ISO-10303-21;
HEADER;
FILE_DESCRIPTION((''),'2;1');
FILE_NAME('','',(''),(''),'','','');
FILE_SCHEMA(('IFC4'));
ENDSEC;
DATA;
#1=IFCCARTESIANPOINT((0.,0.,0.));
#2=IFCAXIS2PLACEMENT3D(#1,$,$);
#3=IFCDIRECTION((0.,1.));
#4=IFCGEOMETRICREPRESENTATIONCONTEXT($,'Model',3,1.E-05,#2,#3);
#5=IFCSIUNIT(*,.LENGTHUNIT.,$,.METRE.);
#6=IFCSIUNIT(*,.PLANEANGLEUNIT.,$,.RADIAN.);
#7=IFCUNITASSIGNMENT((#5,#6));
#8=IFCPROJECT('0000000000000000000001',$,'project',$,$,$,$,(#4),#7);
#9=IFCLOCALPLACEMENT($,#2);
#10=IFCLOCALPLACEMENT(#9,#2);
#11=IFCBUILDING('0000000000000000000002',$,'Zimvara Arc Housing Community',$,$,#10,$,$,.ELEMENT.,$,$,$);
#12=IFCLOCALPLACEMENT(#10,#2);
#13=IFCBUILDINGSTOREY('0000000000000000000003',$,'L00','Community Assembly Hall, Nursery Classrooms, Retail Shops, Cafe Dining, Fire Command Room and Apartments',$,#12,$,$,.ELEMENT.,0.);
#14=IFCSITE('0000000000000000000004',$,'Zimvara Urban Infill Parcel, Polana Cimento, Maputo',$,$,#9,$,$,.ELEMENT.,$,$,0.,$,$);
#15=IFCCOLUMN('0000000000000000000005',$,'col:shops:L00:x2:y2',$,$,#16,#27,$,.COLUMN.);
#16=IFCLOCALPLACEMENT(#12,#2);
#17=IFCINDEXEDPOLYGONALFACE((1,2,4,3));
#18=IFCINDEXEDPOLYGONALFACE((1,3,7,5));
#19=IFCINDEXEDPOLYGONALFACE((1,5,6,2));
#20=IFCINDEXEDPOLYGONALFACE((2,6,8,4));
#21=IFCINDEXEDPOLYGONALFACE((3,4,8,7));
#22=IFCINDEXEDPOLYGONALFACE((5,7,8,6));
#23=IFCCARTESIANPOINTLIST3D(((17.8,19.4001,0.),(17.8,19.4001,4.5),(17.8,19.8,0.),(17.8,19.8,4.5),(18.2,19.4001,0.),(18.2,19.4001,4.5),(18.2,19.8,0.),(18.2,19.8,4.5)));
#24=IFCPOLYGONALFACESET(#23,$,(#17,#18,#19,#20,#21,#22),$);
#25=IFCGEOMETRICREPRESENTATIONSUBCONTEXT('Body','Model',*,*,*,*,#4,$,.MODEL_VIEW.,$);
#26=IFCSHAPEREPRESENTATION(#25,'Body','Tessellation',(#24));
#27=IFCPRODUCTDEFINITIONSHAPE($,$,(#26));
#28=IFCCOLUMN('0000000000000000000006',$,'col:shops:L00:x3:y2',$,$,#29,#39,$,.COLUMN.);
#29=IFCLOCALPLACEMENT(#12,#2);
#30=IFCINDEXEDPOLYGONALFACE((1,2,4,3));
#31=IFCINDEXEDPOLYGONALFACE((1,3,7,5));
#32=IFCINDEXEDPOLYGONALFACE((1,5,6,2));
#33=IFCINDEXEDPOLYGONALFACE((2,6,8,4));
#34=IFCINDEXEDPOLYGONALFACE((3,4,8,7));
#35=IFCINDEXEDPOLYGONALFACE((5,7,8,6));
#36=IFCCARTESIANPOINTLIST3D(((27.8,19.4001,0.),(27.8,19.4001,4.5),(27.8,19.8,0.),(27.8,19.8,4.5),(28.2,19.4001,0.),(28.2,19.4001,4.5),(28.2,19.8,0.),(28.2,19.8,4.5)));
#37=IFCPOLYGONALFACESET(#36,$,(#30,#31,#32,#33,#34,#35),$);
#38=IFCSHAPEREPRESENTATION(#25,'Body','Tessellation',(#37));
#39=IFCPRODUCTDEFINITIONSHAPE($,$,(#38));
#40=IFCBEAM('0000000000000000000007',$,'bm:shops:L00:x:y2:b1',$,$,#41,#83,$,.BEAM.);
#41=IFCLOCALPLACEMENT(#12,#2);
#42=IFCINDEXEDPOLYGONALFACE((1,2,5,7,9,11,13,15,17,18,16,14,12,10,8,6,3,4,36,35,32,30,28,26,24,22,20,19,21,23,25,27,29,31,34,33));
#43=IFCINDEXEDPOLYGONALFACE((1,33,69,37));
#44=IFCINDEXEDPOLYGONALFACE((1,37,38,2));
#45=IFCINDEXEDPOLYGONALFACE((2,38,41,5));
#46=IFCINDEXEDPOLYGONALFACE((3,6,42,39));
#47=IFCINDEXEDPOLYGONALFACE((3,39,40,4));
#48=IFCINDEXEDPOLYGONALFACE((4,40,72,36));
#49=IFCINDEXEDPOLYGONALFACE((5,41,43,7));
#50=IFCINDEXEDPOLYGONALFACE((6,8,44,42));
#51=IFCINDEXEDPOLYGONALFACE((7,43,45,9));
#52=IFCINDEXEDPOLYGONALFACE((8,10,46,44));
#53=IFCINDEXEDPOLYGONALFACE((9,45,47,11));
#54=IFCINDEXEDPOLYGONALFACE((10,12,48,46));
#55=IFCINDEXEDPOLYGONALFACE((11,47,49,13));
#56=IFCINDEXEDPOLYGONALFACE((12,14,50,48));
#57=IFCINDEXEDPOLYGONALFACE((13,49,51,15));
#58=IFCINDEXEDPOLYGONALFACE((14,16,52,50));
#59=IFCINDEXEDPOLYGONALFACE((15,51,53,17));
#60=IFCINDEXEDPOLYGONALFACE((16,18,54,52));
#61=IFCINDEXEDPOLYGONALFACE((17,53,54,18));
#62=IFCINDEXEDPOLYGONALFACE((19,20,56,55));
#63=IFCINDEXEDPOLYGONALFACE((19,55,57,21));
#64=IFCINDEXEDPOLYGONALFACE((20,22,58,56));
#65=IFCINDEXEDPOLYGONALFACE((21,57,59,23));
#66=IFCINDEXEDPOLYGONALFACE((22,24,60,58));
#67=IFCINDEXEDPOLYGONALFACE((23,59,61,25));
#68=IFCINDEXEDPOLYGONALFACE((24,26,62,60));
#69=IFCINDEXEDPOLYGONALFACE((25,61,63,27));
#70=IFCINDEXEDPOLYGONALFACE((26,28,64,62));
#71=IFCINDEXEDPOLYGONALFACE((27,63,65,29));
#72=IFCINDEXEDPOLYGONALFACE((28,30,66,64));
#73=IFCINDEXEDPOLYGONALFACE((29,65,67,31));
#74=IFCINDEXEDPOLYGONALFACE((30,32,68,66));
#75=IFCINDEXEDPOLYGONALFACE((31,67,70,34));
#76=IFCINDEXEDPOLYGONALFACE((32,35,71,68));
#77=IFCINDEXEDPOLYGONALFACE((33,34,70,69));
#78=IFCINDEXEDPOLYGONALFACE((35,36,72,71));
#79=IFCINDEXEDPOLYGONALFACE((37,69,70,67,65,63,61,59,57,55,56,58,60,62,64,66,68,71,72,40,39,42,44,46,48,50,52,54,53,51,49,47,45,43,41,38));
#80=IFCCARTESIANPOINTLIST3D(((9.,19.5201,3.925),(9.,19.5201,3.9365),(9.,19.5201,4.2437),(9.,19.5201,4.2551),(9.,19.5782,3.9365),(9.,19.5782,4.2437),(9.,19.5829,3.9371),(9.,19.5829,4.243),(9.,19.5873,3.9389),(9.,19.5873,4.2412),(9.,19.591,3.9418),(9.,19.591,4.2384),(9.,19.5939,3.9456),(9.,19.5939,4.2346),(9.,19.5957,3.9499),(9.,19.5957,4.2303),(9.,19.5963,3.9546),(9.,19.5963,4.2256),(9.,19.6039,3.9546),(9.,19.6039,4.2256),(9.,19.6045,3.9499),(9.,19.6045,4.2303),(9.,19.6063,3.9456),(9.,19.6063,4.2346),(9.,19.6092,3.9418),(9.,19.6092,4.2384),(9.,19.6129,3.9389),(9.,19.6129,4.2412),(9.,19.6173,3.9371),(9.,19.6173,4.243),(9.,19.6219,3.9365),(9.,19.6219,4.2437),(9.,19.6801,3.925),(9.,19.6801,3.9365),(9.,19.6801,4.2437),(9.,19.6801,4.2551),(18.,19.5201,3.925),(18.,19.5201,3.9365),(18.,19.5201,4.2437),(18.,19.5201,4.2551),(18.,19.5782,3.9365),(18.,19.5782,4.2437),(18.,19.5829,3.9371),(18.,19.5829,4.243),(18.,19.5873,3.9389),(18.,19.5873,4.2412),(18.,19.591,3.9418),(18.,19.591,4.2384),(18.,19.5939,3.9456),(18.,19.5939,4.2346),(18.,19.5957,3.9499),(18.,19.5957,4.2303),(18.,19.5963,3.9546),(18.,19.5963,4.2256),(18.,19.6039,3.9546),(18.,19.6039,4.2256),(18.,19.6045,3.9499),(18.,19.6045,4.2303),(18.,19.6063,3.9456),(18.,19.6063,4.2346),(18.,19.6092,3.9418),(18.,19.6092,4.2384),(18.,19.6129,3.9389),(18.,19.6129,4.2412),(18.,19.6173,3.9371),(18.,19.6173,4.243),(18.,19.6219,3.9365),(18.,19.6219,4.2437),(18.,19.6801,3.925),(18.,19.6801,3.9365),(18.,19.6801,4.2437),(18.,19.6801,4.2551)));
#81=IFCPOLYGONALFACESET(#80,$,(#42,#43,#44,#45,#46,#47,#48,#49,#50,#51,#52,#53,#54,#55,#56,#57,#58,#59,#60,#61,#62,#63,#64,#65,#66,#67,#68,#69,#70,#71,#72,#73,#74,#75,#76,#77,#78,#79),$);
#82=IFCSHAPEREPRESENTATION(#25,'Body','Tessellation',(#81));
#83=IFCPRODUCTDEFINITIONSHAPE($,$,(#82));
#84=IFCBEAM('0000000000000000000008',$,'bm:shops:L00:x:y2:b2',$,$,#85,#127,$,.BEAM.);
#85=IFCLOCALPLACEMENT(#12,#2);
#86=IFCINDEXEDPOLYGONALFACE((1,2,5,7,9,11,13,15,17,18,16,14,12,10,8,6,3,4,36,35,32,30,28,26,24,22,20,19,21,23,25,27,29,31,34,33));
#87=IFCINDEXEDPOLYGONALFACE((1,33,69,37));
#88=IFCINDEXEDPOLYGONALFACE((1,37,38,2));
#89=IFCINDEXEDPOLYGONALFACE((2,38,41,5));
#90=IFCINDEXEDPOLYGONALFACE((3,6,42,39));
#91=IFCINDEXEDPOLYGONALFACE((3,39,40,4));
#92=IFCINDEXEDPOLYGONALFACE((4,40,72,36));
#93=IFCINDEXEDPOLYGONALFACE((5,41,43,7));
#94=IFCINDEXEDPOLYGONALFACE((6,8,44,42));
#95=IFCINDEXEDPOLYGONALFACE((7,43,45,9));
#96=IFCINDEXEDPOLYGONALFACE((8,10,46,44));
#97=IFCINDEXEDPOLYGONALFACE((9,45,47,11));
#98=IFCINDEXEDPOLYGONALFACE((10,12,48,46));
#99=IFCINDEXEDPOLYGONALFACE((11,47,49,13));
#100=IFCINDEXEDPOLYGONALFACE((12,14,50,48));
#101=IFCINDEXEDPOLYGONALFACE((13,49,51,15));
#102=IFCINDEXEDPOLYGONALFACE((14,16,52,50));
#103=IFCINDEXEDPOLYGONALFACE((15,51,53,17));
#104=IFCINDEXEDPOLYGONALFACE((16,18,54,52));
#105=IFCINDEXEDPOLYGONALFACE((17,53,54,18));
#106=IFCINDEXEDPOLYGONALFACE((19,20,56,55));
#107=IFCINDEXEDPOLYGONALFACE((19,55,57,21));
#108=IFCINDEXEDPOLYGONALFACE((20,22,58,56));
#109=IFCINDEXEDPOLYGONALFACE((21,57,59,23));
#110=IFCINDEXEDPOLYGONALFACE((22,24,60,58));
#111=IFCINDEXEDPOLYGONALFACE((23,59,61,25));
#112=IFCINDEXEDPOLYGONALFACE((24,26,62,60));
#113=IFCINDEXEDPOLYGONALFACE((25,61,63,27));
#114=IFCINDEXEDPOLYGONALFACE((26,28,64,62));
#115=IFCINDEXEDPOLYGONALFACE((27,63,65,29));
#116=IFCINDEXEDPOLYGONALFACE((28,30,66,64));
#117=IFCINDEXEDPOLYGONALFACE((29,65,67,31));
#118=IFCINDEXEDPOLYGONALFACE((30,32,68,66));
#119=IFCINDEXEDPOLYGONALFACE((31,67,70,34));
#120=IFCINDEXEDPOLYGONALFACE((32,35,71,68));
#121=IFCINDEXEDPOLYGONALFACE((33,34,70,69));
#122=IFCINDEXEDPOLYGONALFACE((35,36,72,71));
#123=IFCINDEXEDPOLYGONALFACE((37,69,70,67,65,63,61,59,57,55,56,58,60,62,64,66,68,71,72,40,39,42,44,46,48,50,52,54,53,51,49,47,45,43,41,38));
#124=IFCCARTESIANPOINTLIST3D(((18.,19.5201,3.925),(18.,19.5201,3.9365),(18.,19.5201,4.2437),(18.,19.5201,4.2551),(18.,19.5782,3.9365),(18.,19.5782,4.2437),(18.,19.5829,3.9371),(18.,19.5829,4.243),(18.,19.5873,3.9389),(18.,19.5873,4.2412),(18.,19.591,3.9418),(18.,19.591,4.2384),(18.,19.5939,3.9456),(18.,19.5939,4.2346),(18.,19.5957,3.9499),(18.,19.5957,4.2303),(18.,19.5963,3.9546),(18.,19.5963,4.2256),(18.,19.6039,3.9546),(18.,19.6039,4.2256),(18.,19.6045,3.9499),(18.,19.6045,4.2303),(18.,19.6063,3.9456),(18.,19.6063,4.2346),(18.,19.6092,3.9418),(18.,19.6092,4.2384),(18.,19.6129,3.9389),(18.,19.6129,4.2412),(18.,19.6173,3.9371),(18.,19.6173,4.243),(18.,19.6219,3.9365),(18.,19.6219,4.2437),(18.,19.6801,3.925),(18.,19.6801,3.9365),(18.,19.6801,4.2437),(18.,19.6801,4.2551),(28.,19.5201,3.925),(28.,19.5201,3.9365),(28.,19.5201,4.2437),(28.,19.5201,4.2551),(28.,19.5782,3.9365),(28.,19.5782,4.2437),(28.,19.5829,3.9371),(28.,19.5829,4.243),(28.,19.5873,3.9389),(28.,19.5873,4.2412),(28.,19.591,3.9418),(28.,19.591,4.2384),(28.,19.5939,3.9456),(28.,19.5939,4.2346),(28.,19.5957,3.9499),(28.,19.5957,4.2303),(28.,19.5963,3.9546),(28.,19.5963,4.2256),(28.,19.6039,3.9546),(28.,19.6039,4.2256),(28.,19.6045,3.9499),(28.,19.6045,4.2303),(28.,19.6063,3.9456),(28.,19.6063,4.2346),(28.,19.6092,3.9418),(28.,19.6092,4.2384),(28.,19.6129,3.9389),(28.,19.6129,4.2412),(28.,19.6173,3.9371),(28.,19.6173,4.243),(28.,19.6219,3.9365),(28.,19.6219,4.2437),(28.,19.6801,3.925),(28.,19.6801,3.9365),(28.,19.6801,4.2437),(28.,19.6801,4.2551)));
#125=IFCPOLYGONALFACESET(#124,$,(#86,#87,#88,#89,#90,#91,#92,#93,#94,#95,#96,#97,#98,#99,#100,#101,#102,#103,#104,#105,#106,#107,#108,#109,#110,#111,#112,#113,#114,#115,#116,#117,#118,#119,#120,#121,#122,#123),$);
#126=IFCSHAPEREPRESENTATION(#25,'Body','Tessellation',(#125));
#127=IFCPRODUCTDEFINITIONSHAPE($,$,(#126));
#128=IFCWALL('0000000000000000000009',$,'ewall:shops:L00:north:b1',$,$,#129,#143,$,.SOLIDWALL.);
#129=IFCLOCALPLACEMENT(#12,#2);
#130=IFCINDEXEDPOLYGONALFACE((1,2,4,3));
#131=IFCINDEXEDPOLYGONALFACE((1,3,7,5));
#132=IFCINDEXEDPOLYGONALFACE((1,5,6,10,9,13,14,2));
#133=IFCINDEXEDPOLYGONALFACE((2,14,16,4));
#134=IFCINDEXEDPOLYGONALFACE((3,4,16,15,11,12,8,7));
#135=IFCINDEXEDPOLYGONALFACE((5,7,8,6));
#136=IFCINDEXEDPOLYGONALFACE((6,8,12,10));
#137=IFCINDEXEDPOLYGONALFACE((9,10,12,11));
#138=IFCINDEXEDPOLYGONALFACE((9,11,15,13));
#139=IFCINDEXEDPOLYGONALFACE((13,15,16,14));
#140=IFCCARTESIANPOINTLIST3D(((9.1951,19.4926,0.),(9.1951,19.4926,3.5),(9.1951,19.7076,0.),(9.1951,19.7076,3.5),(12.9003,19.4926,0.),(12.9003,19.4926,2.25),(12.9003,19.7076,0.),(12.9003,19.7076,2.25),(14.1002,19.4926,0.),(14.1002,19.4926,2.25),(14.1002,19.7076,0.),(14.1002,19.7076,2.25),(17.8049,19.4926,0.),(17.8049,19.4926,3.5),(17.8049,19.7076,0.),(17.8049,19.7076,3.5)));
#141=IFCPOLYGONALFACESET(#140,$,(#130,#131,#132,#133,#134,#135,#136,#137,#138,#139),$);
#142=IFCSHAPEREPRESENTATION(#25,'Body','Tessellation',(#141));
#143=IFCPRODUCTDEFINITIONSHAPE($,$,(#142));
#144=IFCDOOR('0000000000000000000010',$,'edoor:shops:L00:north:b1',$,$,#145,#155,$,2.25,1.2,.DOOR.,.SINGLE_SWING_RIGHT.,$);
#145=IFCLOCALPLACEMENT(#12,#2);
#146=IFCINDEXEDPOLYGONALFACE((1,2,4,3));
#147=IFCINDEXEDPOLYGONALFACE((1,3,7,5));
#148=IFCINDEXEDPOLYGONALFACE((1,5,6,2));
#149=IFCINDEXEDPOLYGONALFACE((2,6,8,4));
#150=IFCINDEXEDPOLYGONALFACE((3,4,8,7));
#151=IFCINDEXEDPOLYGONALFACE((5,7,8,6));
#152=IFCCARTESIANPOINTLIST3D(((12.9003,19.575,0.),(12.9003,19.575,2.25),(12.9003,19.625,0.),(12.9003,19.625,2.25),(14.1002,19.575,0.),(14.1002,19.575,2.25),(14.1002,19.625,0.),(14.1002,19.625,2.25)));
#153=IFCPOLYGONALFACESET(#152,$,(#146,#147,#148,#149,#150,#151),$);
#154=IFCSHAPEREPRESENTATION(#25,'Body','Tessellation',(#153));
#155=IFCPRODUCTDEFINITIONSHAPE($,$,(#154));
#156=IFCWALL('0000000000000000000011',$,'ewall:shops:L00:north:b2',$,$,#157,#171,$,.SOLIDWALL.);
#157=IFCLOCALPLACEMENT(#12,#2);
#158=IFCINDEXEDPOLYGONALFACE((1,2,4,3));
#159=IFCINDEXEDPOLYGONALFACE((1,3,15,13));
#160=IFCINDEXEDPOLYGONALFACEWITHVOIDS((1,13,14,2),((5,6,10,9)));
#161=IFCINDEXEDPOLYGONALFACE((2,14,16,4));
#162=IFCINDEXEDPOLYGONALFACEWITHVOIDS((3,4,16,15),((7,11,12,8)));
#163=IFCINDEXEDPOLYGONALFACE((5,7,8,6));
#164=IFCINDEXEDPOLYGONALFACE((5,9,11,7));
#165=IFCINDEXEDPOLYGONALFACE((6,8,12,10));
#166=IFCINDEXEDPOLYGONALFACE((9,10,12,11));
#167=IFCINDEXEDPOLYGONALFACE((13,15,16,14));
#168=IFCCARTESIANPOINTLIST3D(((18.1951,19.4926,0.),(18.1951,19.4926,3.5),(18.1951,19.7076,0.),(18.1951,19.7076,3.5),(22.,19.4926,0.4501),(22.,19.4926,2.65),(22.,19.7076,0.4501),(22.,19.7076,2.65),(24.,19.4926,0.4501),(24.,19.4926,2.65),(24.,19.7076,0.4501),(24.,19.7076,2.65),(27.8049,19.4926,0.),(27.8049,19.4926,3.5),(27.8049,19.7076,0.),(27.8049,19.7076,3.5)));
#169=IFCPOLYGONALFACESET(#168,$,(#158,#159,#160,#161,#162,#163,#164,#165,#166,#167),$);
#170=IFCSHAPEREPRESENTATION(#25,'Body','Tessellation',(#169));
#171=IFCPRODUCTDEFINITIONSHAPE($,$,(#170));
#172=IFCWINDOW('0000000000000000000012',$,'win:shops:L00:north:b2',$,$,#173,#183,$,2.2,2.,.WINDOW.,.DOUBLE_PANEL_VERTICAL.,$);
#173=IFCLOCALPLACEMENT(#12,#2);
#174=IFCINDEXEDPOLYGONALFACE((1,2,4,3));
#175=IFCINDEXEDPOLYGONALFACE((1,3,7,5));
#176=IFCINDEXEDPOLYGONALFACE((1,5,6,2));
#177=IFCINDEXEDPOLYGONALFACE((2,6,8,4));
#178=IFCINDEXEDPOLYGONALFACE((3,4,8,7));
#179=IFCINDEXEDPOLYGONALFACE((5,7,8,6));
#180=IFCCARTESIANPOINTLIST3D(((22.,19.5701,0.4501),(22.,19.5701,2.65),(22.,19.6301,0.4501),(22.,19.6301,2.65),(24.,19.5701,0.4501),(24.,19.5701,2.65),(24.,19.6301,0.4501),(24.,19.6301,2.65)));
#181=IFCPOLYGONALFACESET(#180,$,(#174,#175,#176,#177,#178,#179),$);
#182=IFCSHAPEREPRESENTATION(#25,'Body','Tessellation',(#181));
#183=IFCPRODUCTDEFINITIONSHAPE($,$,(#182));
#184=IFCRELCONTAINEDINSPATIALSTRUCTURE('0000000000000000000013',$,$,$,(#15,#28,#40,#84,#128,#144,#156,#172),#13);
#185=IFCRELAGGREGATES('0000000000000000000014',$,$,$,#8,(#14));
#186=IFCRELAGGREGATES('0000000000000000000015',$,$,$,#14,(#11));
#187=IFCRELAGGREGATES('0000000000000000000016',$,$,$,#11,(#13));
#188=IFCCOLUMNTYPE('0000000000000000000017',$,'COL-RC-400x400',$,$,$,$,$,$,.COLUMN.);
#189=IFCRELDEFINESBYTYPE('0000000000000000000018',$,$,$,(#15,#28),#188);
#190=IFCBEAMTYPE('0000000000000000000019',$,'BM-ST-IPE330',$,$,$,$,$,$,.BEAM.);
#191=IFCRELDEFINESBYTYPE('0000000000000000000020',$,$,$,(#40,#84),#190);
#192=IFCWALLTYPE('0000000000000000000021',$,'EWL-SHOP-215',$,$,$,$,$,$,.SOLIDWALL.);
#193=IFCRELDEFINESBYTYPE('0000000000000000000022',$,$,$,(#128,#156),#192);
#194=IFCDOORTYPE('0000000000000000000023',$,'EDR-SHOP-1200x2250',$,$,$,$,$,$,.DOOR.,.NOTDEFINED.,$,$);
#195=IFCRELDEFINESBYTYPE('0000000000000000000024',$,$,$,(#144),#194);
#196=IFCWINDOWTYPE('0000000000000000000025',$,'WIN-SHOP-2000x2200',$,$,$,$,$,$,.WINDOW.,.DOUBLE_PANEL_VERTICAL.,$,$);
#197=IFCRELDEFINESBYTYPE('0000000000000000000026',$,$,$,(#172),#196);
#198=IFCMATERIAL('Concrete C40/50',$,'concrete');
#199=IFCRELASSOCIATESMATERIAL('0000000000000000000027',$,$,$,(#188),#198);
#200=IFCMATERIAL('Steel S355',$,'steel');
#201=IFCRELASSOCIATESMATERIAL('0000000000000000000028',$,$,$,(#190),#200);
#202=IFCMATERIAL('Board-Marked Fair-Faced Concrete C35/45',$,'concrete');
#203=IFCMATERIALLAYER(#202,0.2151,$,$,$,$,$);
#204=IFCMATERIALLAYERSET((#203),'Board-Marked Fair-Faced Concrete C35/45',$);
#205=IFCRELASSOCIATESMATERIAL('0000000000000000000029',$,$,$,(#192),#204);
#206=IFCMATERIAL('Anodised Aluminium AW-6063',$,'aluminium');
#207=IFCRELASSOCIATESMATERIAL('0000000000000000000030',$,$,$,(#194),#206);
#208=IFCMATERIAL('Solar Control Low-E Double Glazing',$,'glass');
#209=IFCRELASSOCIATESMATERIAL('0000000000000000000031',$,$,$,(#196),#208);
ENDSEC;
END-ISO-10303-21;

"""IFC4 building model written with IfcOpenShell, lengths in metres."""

from ifc_helpers import new_model, si_unit, direction, frame, frame_2d, origin, origin_2d, place, context, subcontext, project, spatial, rectangle, i_section, extrude, material, layer, layer_set, material_profile, profile_set, type_object, element, fill, save


model = new_model("IFC4")

# Units and contexts
model_context = context("Model", 3, precision=1e-05, world=origin(), true_north=direction((0.0, 1.0)))
body_context = subcontext(model_context, "Body", "Model", "MODEL_VIEW")
ifc_project = project(units=[si_unit("LENGTHUNIT", "METRE"), si_unit("PLANEANGLEUNIT", "RADIAN")], contexts=[model_context])

# Site, building, storey
site_placement = place(None, origin())
site = spatial("IfcSite", under=ifc_project, at=site_placement, Name="Zimvara Urban Infill Parcel, Polana Cimento, Maputo", CompositionType="ELEMENT", RefElevation=0.0)
building_placement = place(site_placement, origin())
building = spatial("IfcBuilding", under=site, at=building_placement, Name="Zimvara Arc Housing Community", CompositionType="ELEMENT")
storey_placement = place(building_placement, origin())
storey = spatial("IfcBuildingStorey", under=building, at=storey_placement, Name="L00", Description="Community Assembly Hall, Nursery Classrooms, Retail Shops, Cafe Dining, Fire Command Room and Apartments", CompositionType="ELEMENT", Elevation=0.0)

# Columns
ifc_material_1 = material(Name="Concrete C40/50", Category="concrete")
ifc_material_profile_1 = material_profile(ifc_material_1, rectangle(XDim=0.3999, YDim=0.3999, at=origin_2d()), Name="RC 400x400")
ifc_profile_set_1 = profile_set([ifc_material_profile_1], Name="Concrete C40/50")
column_type = type_object("IfcColumnType", Name="COL-RC-400x400", PredefinedType="COLUMN", material=ifc_profile_set_1)
for number, where, z_axis, x_axis, name in (
    (1, (18.0, 19.6001, 0.0), (0.0, 0.0, 1.0), (1.0, 0.0, 0.0), "col:shops:L00:x2:y2"),
    (2, (28.0, 19.6001, 0.0), (0.0, 0.0, 1.0), (1.0, 0.0, 0.0), "col:shops:L00:x3:y2"),
):
    element("IfcColumn", number, at=place(storey_placement, frame(where, z_axis=z_axis, x_axis=x_axis)), inside=storey, type_object=column_type, Name=name, PredefinedType="COLUMN", context=body_context, shape_type="SweptSolid", body=[
        extrude(rectangle(XDim=0.3999, YDim=0.3999, at=origin_2d()), origin(), (0.0, 0.0, 1.0), 4.5),
    ])

# Beams
ifc_material_2 = material(Name="Steel S355", Category="steel")
ifc_material_profile_2 = material_profile(ifc_material_2, i_section(OverallWidth=0.1599, OverallDepth=0.3301, WebThickness=0.0076, FlangeThickness=0.0115, FilletRadius=0.0181, at=origin_2d()), Name="IPE 330")
ifc_profile_set_2 = profile_set([ifc_material_profile_2], Name="Steel S355")
beam_type = type_object("IfcBeamType", Name="BM-ST-IPE330", PredefinedType="BEAM", material=ifc_profile_set_2)
beam_1_placement = place(storey_placement, frame((9.0, 19.6001, 4.0901), z_axis=(1.0, 0.0, 0.0), x_axis=(0.0, 1.0, 0.0)))
element("IfcBeam", 3, at=beam_1_placement, inside=storey, type_object=beam_type, Name="bm:shops:L00:x:y2:b1", PredefinedType="BEAM", context=body_context, shape_type="SweptSolid", body=[
    extrude(i_section(OverallWidth=0.1599, OverallDepth=0.3301, WebThickness=0.0076, FlangeThickness=0.0115, FilletRadius=0.0181, at=origin_2d()), origin(), (0.0, 0.0, 1.0), 9.0),
])
beam_2_placement = place(storey_placement, frame((18.0, 19.6001, 4.0901), z_axis=(1.0, 0.0, 0.0), x_axis=(0.0, 1.0, 0.0)))
element("IfcBeam", 4, at=beam_2_placement, inside=storey, type_object=beam_type, Name="bm:shops:L00:x:y2:b2", PredefinedType="BEAM", context=body_context, shape_type="SweptSolid", body=[
    extrude(i_section(OverallWidth=0.1599, OverallDepth=0.3301, WebThickness=0.0076, FlangeThickness=0.0115, FilletRadius=0.0181, at=origin_2d()), origin(), (0.0, 0.0, 1.0), 10.0),
])

# Wall, opening, door
ifc_material_3 = material(Name="Board-Marked Fair-Faced Concrete C35/45", Category="concrete")
ifc_layer = layer(ifc_material_3, 0.2151)
ifc_layer_set = layer_set([ifc_layer], Name="Board-Marked Fair-Faced Concrete C35/45")
wall_type = type_object("IfcWallType", Name="EWL-SHOP-215", PredefinedType="SOLIDWALL", material=ifc_layer_set)
wall_1_placement = place(storey_placement, frame((9.1951, 19.6001, 0.0), z_axis=(0.0, 0.0, 1.0), x_axis=(1.0, 0.0, 0.0)))
wall_1 = element("IfcWall", 5, at=wall_1_placement, inside=storey, type_object=wall_type, Name="ewall:shops:L00:north:b1", PredefinedType="SOLIDWALL", context=body_context, shape_type="SweptSolid", body=[
    extrude(rectangle(XDim=8.6099, YDim=0.2151, at=frame_2d((4.3049, 0.0))), origin(), (0.0, 0.0, 1.0), 3.5),
])
opening_1_placement = place(wall_1_placement, frame((3.7051, 0.0, 0.0)))
opening_1 = element("IfcOpeningElement", 6, at=opening_1_placement, cuts=wall_1, PredefinedType="OPENING", context=body_context, shape_type="SweptSolid", body=[
    extrude(rectangle(XDim=1.2, YDim=2.25, at=frame_2d((0.6001, 1.125))), frame((0.0, 0.1174, 0.0), z_axis=(0.0, -1.0, 0.0), x_axis=(1.0, 0.0, 0.0)), (0.0, 0.0, 1.0), 0.2351),
])
ifc_material_4 = material(Name="Anodised Aluminium AW-6063", Category="aluminium")
door_type = type_object("IfcDoorType", Name="EDR-SHOP-1200x2250", OperationType="NOTDEFINED", PredefinedType="DOOR", material=ifc_material_4)
door_placement = place(opening_1_placement, origin())
door = element("IfcDoor", 7, at=door_placement, inside=storey, type_object=door_type, Name="edoor:shops:L00:north:b1", OperationType="SINGLE_SWING_RIGHT", OverallHeight=2.25, OverallWidth=1.2, PredefinedType="DOOR", context=body_context, shape_type="SweptSolid", body=[
    extrude(rectangle(XDim=1.2, YDim=2.25, at=frame_2d((0.6001, 1.125))), frame((0.0, 0.0249, 0.0), z_axis=(0.0, -1.0, 0.0), x_axis=(1.0, 0.0, 0.0)), (0.0, 0.0, 1.0), 0.05),
])
fill(opening_1, door)

# Wall, opening, window
wall_2_placement = place(storey_placement, frame((18.1951, 19.6001, 0.0), z_axis=(0.0, 0.0, 1.0), x_axis=(1.0, 0.0, 0.0)))
wall_2 = element("IfcWall", 8, at=wall_2_placement, inside=storey, type_object=wall_type, Name="ewall:shops:L00:north:b2", PredefinedType="SOLIDWALL", context=body_context, shape_type="SweptSolid", body=[
    extrude(rectangle(XDim=9.6099, YDim=0.2151, at=frame_2d((4.8049, 0.0))), origin(), (0.0, 0.0, 1.0), 3.5),
])
opening_2_placement = place(wall_2_placement, frame((3.8049, 0.0, 0.45)))
opening_2 = element("IfcOpeningElement", 9, at=opening_2_placement, cuts=wall_2, PredefinedType="OPENING", context=body_context, shape_type="SweptSolid", body=[
    extrude(rectangle(XDim=2.0, YDim=2.2, at=frame_2d((1.0, 1.1001))), frame((0.0, 0.1174, 0.0), z_axis=(0.0, -1.0, 0.0), x_axis=(1.0, 0.0, 0.0)), (0.0, 0.0, 1.0), 0.2351),
])
ifc_material_5 = material(Name="Solar Control Low-E Double Glazing", Category="glass")
window_type = type_object("IfcWindowType", Name="WIN-SHOP-2000x2200", PartitioningType="DOUBLE_PANEL_VERTICAL", PredefinedType="WINDOW", material=ifc_material_5)
window_placement = place(opening_2_placement, origin())
window = element("IfcWindow", 10, at=window_placement, inside=storey, type_object=window_type, Name="win:shops:L00:north:b2", OverallHeight=2.2, OverallWidth=2.0, PartitioningType="DOUBLE_PANEL_VERTICAL", PredefinedType="WINDOW", context=body_context, shape_type="SweptSolid", body=[
    extrude(rectangle(XDim=2.0, YDim=2.2, at=frame_2d((1.0, 1.1001))), frame((0.0, 0.03, 0.0), z_axis=(0.0, -1.0, 0.0), x_axis=(1.0, 0.0, 0.0)), (0.0, 0.0, 1.0), 0.0601),
])
fill(opening_2, window)

save(model, "model.ifc")
